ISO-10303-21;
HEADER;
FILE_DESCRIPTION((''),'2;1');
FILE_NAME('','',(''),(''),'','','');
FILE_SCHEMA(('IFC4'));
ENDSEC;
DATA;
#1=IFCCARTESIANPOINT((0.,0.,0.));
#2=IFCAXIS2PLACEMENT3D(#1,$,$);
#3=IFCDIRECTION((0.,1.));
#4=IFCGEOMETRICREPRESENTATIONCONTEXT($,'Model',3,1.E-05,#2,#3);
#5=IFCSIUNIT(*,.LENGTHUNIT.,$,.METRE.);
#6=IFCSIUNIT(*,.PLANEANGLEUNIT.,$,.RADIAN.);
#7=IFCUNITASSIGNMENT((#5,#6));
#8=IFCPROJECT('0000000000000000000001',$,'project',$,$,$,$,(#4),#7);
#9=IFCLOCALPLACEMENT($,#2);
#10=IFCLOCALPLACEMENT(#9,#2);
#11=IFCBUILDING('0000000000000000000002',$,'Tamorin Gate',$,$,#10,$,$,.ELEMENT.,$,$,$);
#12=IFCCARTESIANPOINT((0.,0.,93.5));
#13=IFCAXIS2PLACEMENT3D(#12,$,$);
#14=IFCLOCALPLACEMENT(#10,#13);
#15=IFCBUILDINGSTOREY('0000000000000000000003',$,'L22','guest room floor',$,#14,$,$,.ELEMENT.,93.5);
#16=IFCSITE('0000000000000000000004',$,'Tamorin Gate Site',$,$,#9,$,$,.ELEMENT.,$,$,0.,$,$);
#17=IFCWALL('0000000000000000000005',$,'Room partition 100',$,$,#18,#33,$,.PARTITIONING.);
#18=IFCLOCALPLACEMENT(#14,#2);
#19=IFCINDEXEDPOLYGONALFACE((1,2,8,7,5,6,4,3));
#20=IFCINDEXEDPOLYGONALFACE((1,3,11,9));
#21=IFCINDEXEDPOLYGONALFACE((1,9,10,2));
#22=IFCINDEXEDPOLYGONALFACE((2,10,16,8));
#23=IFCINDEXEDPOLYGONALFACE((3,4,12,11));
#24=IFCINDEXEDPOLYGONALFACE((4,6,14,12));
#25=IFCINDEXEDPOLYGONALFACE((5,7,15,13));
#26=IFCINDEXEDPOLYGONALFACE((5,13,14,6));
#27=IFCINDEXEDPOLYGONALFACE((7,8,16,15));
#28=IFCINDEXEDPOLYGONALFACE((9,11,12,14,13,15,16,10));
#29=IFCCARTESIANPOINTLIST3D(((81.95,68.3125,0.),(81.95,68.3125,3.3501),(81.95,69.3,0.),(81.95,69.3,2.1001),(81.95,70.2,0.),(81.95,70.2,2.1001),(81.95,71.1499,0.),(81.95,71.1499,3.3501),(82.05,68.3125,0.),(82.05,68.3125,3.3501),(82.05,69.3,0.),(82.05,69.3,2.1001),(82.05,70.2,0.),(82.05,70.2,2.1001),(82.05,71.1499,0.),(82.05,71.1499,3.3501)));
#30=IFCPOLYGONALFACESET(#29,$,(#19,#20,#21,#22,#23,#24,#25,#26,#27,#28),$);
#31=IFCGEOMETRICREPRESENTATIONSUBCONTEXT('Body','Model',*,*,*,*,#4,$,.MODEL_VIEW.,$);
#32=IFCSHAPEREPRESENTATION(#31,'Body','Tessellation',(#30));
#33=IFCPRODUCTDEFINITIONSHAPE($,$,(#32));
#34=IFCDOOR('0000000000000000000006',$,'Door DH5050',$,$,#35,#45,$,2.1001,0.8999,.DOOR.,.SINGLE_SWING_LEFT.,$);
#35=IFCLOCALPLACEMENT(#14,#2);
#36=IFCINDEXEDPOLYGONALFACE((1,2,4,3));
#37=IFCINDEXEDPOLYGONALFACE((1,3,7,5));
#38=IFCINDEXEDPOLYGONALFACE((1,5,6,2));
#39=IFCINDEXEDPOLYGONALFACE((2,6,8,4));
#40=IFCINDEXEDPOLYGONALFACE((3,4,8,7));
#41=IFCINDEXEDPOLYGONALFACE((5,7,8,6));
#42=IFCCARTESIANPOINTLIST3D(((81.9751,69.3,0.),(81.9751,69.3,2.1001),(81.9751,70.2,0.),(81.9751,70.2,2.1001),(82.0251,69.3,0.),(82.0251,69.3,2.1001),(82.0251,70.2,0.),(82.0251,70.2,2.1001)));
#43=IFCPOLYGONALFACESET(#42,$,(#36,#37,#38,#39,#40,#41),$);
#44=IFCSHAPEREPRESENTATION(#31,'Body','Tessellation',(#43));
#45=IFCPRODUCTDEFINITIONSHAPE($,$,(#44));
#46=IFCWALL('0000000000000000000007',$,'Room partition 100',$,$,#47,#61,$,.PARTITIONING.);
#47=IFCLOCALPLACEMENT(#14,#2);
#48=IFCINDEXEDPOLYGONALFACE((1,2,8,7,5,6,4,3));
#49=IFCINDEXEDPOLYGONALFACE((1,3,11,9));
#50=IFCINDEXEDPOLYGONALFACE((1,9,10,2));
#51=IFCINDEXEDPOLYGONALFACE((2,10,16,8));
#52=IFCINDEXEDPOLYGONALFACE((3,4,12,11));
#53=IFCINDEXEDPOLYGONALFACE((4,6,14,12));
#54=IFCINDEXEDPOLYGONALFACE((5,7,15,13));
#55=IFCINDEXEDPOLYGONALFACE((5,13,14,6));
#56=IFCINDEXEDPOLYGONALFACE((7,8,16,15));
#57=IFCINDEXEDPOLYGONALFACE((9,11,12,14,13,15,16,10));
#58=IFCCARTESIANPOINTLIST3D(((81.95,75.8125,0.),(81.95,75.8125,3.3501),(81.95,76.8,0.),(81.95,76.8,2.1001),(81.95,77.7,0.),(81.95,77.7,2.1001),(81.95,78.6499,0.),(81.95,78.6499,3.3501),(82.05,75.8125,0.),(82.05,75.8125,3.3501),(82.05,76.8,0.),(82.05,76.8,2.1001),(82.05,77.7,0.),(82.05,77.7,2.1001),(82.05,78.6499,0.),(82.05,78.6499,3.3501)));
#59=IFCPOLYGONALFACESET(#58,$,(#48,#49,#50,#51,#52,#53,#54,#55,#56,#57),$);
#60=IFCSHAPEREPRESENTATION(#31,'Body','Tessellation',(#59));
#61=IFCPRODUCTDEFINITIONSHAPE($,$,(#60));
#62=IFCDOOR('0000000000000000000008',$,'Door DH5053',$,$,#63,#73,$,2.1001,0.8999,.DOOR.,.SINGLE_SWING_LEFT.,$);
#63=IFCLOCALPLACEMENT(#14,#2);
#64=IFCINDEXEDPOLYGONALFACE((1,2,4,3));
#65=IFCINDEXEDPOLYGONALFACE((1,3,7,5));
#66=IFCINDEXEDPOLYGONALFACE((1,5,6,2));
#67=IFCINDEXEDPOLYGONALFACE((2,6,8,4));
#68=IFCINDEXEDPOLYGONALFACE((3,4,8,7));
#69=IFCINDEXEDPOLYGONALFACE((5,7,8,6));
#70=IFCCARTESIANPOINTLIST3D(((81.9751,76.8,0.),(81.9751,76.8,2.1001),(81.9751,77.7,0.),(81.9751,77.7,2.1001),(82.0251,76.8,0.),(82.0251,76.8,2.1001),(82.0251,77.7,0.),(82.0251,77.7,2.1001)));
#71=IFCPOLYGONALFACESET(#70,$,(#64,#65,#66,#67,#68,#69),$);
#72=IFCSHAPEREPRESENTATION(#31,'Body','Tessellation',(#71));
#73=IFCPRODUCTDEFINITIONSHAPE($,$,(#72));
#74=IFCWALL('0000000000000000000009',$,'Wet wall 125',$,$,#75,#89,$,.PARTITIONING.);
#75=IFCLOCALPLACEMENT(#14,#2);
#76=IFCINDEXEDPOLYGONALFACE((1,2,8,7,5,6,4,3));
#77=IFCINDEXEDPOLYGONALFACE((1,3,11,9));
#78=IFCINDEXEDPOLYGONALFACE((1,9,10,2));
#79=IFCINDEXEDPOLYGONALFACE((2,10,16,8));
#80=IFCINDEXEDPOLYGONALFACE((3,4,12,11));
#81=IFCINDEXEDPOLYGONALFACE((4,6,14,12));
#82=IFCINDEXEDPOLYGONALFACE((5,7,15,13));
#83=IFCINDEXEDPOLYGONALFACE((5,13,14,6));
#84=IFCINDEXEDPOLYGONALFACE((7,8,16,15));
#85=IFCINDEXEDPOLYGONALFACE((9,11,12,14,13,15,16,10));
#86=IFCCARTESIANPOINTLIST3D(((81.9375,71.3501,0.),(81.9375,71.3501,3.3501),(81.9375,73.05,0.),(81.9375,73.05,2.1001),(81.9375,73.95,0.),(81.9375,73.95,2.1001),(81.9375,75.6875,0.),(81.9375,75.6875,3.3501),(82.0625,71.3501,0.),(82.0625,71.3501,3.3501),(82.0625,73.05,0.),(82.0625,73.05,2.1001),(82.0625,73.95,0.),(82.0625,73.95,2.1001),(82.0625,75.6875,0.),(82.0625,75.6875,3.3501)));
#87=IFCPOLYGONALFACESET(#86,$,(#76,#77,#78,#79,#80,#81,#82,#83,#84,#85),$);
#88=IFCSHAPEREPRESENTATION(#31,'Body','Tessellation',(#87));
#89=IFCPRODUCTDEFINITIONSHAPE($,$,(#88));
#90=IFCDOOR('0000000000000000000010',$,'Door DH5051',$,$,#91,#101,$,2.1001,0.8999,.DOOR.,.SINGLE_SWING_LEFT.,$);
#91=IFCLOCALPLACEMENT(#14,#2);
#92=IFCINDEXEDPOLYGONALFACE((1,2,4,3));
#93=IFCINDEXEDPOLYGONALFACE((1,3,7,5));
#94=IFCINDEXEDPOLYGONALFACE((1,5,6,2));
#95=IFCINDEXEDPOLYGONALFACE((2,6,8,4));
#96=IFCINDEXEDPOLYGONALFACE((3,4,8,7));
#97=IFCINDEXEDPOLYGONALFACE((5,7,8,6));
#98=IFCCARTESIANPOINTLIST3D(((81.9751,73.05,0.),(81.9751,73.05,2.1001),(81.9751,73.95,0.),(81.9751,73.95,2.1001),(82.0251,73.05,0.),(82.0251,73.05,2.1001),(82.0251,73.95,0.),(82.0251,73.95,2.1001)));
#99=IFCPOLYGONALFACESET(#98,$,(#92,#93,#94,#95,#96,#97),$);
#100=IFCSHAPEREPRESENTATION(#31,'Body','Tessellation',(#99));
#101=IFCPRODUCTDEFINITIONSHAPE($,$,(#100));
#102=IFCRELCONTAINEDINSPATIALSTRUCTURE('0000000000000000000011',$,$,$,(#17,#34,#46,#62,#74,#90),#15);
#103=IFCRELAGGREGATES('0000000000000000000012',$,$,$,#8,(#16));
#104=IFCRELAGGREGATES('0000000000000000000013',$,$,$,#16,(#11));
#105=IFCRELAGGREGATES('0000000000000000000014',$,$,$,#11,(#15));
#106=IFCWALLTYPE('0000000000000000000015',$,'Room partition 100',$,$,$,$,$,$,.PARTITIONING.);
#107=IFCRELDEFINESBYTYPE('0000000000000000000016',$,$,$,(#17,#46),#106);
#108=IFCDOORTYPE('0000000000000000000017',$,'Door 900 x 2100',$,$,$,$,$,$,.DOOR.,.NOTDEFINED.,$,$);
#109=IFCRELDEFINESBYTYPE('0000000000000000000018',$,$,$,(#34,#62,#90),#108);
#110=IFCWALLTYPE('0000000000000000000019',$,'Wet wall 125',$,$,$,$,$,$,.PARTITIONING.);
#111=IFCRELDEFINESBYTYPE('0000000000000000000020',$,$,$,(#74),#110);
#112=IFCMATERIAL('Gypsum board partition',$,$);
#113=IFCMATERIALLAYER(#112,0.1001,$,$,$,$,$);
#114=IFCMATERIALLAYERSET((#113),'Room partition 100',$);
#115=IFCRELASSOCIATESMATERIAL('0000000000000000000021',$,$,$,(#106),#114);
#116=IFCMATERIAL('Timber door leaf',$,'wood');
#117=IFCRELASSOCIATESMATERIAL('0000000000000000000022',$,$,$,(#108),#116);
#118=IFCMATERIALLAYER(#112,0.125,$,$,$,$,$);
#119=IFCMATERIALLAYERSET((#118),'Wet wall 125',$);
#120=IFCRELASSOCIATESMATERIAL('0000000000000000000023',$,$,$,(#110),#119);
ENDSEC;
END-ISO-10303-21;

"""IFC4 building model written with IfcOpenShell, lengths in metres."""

from ifc_helpers import new_model, si_unit, direction, frame, frame_2d, origin, place, context, subcontext, project, spatial, rectangle, extrude, material, layer, layer_set, type_object, element, fill, save


model = new_model("IFC4")

# Units and contexts
model_context = context("Model", 3, precision=1e-05, world=origin(), true_north=direction((0.0, 1.0)))
body_context = subcontext(model_context, "Body", "Model", "MODEL_VIEW")
ifc_project = project(units=[si_unit("LENGTHUNIT", "METRE"), si_unit("PLANEANGLEUNIT", "RADIAN")], contexts=[model_context])

# Site, building, storey
site_placement = place(None, origin())
site = spatial("IfcSite", under=ifc_project, at=site_placement, Name="Tamorin Gate Site", CompositionType="ELEMENT", RefElevation=0.0)
building_placement = place(site_placement, origin())
building = spatial("IfcBuilding", under=site, at=building_placement, Name="Tamorin Gate", CompositionType="ELEMENT")
storey_placement = place(building_placement, frame((0.0, 0.0, 93.5)))
storey = spatial("IfcBuildingStorey", under=building, at=storey_placement, Name="L22", Description="guest room floor", CompositionType="ELEMENT", Elevation=93.5)

# Walls, openings, doors
ifc_material_1 = material(Name="Gypsum board partition")
ifc_layer_1 = layer(ifc_material_1, 0.1001)
ifc_layer_set_1 = layer_set([ifc_layer_1], Name="Room partition 100")
wall_type_1 = type_object("IfcWallType", Name="Room partition 100", PredefinedType="PARTITIONING", material=ifc_layer_set_1)
wall_1_placement = place(storey_placement, frame((82.0, 68.3125, 0.0), z_axis=(0.0, 0.0, 1.0), x_axis=(0.0, 1.0, 0.0)))
wall_1 = element("IfcWall", 1, at=wall_1_placement, inside=storey, type_object=wall_type_1, Name="Room partition 100", PredefinedType="PARTITIONING", context=body_context, shape_type="SweptSolid", body=[
    extrude(rectangle(XDim=2.8374, YDim=0.1001, at=frame_2d((1.4187, 0.0))), origin(), (0.0, 0.0, 1.0), 3.3501),
])
opening_1_placement = place(wall_1_placement, frame((0.9875, 0.0, 0.0)))
opening_1 = element("IfcOpeningElement", 2, at=opening_1_placement, cuts=wall_1, PredefinedType="OPENING", context=body_context, shape_type="SweptSolid", body=[
    extrude(rectangle(XDim=0.8999, YDim=2.1001, at=frame_2d((0.45, 1.05))), frame((0.0, 0.0601, 0.0), z_axis=(0.0, -1.0, 0.0), x_axis=(1.0, 0.0, 0.0)), (0.0, 0.0, 1.0), 0.1201),
])
ifc_material_2 = material(Name="Timber door leaf", Category="wood")
door_type = type_object("IfcDoorType", Name="Door 900 x 2100", OperationType="NOTDEFINED", PredefinedType="DOOR", material=ifc_material_2)
door_1_placement = place(opening_1_placement, origin())
door_1 = element("IfcDoor", 3, at=door_1_placement, inside=storey, type_object=door_type, Name="Door DH5050", OperationType="SINGLE_SWING_LEFT", OverallHeight=2.1001, OverallWidth=0.8999, PredefinedType="DOOR", context=body_context, shape_type="SweptSolid", body=[
    extrude(rectangle(XDim=0.8999, YDim=2.1001, at=frame_2d((0.45, 1.05))), frame((0.0, 0.0249, 0.0), z_axis=(0.0, -1.0, 0.0), x_axis=(1.0, 0.0, 0.0)), (0.0, 0.0, 1.0), 0.05),
])
fill(opening_1, door_1)
wall_2_placement = place(storey_placement, frame((82.0, 75.8125, 0.0), z_axis=(0.0, 0.0, 1.0), x_axis=(0.0, 1.0, 0.0)))
wall_2 = element("IfcWall", 4, at=wall_2_placement, inside=storey, type_object=wall_type_1, Name="Room partition 100", PredefinedType="PARTITIONING", context=body_context, shape_type="SweptSolid", body=[
    extrude(rectangle(XDim=2.8374, YDim=0.1001, at=frame_2d((1.4187, 0.0))), origin(), (0.0, 0.0, 1.0), 3.3501),
])
opening_2_placement = place(wall_2_placement, frame((0.9875, 0.0, 0.0)))
opening_2 = element("IfcOpeningElement", 5, at=opening_2_placement, cuts=wall_2, PredefinedType="OPENING", context=body_context, shape_type="SweptSolid", body=[
    extrude(rectangle(XDim=0.8999, YDim=2.1001, at=frame_2d((0.45, 1.05))), frame((0.0, 0.0601, 0.0), z_axis=(0.0, -1.0, 0.0), x_axis=(1.0, 0.0, 0.0)), (0.0, 0.0, 1.0), 0.1201),
])
door_2_placement = place(opening_2_placement, origin())
door_2 = element("IfcDoor", 6, at=door_2_placement, inside=storey, type_object=door_type, Name="Door DH5053", OperationType="SINGLE_SWING_LEFT", OverallHeight=2.1001, OverallWidth=0.8999, PredefinedType="DOOR", context=body_context, shape_type="SweptSolid", body=[
    extrude(rectangle(XDim=0.8999, YDim=2.1001, at=frame_2d((0.45, 1.05))), frame((0.0, 0.0249, 0.0), z_axis=(0.0, -1.0, 0.0), x_axis=(1.0, 0.0, 0.0)), (0.0, 0.0, 1.0), 0.05),
])
fill(opening_2, door_2)
ifc_layer_2 = layer(ifc_material_1, 0.125)
ifc_layer_set_2 = layer_set([ifc_layer_2], Name="Wet wall 125")
wall_type_2 = type_object("IfcWallType", Name="Wet wall 125", PredefinedType="PARTITIONING", material=ifc_layer_set_2)
wall_3_placement = place(storey_placement, frame((82.0, 71.3501, 0.0), z_axis=(0.0, 0.0, 1.0), x_axis=(0.0, 1.0, 0.0)))
wall_3 = element("IfcWall", 7, at=wall_3_placement, inside=storey, type_object=wall_type_2, Name="Wet wall 125", PredefinedType="PARTITIONING", context=body_context, shape_type="SweptSolid", body=[
    extrude(rectangle(XDim=4.3374, YDim=0.125, at=frame_2d((2.1687, 0.0))), origin(), (0.0, 0.0, 1.0), 3.3501),
])
opening_3_placement = place(wall_3_placement, frame((1.7, 0.0, 0.0)))
opening_3 = element("IfcOpeningElement", 8, at=opening_3_placement, cuts=wall_3, PredefinedType="OPENING", context=body_context, shape_type="SweptSolid", body=[
    extrude(rectangle(XDim=0.8999, YDim=2.1001, at=frame_2d((0.45, 1.05))), frame((0.0, 0.0725, 0.0), z_axis=(0.0, -1.0, 0.0), x_axis=(1.0, 0.0, 0.0)), (0.0, 0.0, 1.0), 0.145),
])
door_3_placement = place(opening_3_placement, origin())
door_3 = element("IfcDoor", 9, at=door_3_placement, inside=storey, type_object=door_type, Name="Door DH5051", OperationType="SINGLE_SWING_LEFT", OverallHeight=2.1001, OverallWidth=0.8999, PredefinedType="DOOR", context=body_context, shape_type="SweptSolid", body=[
    extrude(rectangle(XDim=0.8999, YDim=2.1001, at=frame_2d((0.45, 1.05))), frame((0.0, 0.0249, 0.0), z_axis=(0.0, -1.0, 0.0), x_axis=(1.0, 0.0, 0.0)), (0.0, 0.0, 1.0), 0.05),
])
fill(opening_3, door_3)

save(model, "model.ifc")
